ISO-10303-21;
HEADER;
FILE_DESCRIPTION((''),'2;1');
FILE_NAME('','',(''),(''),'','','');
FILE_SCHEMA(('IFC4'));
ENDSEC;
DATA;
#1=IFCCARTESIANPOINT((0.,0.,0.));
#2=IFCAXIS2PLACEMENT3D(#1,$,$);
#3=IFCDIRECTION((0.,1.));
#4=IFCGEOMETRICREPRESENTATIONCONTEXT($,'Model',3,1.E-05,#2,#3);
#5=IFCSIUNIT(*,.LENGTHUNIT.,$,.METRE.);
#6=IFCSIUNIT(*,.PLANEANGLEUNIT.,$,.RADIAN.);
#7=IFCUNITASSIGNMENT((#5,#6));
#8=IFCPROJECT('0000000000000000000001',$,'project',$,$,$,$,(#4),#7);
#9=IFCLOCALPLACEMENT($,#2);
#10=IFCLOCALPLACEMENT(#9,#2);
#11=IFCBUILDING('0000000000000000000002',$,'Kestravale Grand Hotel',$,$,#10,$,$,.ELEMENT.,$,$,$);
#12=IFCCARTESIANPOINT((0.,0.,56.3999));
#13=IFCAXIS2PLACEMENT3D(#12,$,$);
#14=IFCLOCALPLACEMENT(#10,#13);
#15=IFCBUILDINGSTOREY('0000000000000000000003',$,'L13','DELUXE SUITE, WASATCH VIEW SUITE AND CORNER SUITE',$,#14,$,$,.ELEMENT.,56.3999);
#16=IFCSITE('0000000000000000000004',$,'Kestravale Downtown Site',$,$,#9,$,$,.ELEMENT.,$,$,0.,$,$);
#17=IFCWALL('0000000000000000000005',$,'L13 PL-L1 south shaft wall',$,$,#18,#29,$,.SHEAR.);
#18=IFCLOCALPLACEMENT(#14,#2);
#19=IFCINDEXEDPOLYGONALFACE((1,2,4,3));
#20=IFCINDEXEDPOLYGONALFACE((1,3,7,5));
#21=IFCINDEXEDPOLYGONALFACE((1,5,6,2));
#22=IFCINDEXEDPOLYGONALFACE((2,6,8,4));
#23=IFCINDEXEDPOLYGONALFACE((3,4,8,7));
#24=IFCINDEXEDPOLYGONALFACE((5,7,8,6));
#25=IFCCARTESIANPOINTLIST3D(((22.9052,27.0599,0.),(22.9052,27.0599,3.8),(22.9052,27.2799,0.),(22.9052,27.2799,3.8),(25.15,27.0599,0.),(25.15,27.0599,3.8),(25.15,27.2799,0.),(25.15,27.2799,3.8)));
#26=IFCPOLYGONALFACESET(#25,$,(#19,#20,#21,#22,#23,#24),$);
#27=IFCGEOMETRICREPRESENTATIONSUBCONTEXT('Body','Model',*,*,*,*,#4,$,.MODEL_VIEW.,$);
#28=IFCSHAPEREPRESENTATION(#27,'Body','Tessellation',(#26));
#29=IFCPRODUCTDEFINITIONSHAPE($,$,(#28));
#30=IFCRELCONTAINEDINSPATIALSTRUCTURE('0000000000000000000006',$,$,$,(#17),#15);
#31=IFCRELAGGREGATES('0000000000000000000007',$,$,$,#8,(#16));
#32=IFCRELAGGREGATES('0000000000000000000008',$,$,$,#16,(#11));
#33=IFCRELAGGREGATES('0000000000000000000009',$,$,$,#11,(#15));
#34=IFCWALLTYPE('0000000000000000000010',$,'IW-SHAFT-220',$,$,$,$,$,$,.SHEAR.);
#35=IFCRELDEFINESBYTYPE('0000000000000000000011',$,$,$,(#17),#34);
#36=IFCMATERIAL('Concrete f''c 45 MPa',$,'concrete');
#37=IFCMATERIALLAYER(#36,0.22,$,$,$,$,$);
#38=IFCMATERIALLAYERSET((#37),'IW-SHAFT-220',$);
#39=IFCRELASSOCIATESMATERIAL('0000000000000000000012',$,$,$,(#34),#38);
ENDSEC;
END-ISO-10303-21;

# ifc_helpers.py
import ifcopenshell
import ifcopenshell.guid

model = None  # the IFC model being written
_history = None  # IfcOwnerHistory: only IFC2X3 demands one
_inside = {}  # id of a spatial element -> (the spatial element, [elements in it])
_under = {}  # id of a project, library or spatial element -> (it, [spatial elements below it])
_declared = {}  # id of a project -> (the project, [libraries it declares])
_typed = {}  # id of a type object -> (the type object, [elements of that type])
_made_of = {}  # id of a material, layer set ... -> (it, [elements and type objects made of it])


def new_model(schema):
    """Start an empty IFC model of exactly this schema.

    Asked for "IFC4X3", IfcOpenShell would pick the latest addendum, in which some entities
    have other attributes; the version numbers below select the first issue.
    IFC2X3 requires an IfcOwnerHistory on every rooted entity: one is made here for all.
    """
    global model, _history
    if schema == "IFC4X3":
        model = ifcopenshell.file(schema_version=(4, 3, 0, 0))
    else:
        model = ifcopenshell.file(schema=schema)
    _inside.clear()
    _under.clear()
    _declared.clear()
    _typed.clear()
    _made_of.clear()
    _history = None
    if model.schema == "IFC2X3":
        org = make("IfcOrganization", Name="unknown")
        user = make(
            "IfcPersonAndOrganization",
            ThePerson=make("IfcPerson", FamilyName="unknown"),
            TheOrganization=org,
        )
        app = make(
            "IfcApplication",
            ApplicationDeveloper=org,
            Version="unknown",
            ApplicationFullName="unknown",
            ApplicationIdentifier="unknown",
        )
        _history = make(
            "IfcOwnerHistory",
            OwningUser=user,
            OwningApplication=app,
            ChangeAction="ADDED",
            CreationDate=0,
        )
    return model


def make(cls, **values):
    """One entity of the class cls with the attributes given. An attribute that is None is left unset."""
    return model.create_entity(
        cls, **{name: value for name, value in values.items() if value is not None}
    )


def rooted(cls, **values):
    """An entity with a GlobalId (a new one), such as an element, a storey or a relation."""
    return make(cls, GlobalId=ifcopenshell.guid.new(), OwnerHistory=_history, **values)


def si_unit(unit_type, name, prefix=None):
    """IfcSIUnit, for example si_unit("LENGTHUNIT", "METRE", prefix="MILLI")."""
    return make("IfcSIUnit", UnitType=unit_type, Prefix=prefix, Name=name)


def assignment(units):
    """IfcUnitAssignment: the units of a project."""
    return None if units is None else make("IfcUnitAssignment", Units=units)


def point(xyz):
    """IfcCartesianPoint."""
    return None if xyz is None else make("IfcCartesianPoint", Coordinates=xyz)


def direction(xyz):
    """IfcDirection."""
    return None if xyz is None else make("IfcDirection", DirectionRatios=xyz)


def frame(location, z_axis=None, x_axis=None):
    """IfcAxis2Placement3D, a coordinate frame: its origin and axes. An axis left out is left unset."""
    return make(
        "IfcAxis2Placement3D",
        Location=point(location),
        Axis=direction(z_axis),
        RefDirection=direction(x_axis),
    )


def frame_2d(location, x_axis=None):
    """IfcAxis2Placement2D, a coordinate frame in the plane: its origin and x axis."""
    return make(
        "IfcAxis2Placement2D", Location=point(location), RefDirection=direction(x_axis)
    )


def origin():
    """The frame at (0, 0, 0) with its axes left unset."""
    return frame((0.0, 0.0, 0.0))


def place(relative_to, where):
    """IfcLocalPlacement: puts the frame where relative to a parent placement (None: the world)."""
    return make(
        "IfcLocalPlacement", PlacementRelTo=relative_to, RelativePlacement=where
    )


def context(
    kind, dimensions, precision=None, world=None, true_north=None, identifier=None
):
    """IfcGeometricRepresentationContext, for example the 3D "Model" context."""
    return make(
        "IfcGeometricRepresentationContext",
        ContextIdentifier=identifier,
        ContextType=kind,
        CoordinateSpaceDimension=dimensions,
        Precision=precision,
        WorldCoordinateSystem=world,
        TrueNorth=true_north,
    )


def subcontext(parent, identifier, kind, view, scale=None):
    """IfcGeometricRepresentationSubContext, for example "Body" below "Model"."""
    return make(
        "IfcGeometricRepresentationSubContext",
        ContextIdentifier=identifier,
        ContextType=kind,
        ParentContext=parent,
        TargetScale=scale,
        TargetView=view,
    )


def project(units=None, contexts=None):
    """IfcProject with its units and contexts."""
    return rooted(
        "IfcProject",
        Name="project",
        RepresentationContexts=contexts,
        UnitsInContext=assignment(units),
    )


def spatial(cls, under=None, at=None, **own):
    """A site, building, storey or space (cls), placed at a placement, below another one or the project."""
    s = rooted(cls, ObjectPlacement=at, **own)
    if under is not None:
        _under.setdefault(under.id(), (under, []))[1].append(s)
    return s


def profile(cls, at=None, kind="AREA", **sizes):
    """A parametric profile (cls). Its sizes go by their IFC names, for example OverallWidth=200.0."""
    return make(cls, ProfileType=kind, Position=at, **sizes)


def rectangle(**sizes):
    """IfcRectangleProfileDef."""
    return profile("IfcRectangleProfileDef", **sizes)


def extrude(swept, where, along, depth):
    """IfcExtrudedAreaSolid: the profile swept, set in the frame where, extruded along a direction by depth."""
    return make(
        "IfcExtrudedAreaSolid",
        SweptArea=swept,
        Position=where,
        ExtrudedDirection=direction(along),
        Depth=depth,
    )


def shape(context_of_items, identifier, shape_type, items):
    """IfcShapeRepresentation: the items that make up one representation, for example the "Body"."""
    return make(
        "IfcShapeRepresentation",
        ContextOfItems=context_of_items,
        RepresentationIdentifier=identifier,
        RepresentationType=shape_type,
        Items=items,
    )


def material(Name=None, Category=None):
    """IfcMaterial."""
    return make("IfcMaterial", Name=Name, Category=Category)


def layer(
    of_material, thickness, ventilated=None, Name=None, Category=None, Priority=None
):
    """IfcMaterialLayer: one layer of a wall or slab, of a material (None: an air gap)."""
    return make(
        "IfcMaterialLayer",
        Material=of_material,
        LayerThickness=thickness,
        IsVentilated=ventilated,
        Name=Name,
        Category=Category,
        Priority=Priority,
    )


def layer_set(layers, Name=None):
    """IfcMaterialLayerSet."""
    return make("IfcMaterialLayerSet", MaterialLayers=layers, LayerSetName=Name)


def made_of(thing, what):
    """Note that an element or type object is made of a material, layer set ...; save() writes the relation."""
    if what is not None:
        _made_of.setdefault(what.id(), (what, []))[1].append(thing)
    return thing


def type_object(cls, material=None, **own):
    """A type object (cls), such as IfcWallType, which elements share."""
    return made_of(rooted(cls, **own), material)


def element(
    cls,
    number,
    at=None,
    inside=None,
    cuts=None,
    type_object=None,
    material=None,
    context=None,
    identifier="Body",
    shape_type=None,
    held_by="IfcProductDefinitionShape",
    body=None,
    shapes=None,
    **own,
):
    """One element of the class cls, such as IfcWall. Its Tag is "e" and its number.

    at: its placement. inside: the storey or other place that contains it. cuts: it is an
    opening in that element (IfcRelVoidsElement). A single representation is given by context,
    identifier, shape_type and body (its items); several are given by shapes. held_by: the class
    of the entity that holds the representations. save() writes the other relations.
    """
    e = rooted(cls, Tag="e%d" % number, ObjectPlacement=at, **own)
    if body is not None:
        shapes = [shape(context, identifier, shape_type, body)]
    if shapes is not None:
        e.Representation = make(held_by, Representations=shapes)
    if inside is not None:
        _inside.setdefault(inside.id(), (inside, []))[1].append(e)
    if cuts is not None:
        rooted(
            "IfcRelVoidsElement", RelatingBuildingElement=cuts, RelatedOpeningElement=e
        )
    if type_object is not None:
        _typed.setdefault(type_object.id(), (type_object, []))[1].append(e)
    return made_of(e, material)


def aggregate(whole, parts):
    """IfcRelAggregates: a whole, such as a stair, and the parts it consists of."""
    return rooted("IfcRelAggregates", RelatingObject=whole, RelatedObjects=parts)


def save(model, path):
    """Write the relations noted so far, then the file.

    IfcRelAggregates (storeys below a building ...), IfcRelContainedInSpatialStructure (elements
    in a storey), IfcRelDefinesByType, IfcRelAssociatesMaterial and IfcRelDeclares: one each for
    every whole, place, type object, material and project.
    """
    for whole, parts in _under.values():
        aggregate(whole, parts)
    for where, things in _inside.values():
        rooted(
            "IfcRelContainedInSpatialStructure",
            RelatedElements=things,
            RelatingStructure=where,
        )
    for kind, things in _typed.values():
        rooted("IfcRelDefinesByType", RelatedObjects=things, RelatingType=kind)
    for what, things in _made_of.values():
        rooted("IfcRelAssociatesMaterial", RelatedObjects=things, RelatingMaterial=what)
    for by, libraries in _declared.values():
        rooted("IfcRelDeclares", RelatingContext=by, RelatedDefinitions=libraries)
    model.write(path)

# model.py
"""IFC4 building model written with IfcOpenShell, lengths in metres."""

from ifc_helpers import new_model, si_unit, direction, frame, frame_2d, origin, place, context, subcontext, project, spatial, rectangle, extrude, material, layer, layer_set, type_object, element, save


model = new_model("IFC4")

# Units and contexts
model_context = context("Model", 3, precision=1e-05, world=origin(), true_north=direction((0.0, 1.0)))
body_context = subcontext(model_context, "Body", "Model", "MODEL_VIEW")
ifc_project = project(units=[si_unit("LENGTHUNIT", "METRE"), si_unit("PLANEANGLEUNIT", "RADIAN")], contexts=[model_context])

# Site, building, storey
site_placement = place(None, origin())
site = spatial("IfcSite", under=ifc_project, at=site_placement, Name="Kestravale Downtown Site", CompositionType="ELEMENT", RefElevation=0.0)
building_placement = place(site_placement, origin())
building = spatial("IfcBuilding", under=site, at=building_placement, Name="Kestravale Grand Hotel", CompositionType="ELEMENT")
storey_placement = place(building_placement, frame((0.0, 0.0, 56.3999)))
storey = spatial("IfcBuildingStorey", under=building, at=storey_placement, Name="L13", Description="DELUXE SUITE, WASATCH VIEW SUITE AND CORNER SUITE", CompositionType="ELEMENT", Elevation=56.3999)

# Wall
ifc_material_1 = material(Name="Concrete f'c 45 MPa", Category="concrete")
ifc_layer_1 = layer(ifc_material_1, 0.22)
ifc_layer_set_1 = layer_set([ifc_layer_1], Name="IW-SHAFT-220")
wall_type_1 = type_object("IfcWallType", Name="IW-SHAFT-220", PredefinedType="SHEAR", material=ifc_layer_set_1)
wall_1_placement = place(storey_placement, frame((22.905, 27.1699, 0.0), z_axis=(0.0, 0.0, 1.0), x_axis=(1.0, 0.0, 0.0)))
element("IfcWall", 1, at=wall_1_placement, inside=storey, type_object=wall_type_1, Name="L13 PL-L1 south shaft wall", PredefinedType="SHEAR", context=body_context, shape_type="SweptSolid", body=[
    extrude(rectangle(XDim=2.2449, YDim=0.22, at=frame_2d((1.1226, 0.0))), origin(), (0.0, 0.0, 1.0), 3.8),
])

save(model, "model.ifc")
